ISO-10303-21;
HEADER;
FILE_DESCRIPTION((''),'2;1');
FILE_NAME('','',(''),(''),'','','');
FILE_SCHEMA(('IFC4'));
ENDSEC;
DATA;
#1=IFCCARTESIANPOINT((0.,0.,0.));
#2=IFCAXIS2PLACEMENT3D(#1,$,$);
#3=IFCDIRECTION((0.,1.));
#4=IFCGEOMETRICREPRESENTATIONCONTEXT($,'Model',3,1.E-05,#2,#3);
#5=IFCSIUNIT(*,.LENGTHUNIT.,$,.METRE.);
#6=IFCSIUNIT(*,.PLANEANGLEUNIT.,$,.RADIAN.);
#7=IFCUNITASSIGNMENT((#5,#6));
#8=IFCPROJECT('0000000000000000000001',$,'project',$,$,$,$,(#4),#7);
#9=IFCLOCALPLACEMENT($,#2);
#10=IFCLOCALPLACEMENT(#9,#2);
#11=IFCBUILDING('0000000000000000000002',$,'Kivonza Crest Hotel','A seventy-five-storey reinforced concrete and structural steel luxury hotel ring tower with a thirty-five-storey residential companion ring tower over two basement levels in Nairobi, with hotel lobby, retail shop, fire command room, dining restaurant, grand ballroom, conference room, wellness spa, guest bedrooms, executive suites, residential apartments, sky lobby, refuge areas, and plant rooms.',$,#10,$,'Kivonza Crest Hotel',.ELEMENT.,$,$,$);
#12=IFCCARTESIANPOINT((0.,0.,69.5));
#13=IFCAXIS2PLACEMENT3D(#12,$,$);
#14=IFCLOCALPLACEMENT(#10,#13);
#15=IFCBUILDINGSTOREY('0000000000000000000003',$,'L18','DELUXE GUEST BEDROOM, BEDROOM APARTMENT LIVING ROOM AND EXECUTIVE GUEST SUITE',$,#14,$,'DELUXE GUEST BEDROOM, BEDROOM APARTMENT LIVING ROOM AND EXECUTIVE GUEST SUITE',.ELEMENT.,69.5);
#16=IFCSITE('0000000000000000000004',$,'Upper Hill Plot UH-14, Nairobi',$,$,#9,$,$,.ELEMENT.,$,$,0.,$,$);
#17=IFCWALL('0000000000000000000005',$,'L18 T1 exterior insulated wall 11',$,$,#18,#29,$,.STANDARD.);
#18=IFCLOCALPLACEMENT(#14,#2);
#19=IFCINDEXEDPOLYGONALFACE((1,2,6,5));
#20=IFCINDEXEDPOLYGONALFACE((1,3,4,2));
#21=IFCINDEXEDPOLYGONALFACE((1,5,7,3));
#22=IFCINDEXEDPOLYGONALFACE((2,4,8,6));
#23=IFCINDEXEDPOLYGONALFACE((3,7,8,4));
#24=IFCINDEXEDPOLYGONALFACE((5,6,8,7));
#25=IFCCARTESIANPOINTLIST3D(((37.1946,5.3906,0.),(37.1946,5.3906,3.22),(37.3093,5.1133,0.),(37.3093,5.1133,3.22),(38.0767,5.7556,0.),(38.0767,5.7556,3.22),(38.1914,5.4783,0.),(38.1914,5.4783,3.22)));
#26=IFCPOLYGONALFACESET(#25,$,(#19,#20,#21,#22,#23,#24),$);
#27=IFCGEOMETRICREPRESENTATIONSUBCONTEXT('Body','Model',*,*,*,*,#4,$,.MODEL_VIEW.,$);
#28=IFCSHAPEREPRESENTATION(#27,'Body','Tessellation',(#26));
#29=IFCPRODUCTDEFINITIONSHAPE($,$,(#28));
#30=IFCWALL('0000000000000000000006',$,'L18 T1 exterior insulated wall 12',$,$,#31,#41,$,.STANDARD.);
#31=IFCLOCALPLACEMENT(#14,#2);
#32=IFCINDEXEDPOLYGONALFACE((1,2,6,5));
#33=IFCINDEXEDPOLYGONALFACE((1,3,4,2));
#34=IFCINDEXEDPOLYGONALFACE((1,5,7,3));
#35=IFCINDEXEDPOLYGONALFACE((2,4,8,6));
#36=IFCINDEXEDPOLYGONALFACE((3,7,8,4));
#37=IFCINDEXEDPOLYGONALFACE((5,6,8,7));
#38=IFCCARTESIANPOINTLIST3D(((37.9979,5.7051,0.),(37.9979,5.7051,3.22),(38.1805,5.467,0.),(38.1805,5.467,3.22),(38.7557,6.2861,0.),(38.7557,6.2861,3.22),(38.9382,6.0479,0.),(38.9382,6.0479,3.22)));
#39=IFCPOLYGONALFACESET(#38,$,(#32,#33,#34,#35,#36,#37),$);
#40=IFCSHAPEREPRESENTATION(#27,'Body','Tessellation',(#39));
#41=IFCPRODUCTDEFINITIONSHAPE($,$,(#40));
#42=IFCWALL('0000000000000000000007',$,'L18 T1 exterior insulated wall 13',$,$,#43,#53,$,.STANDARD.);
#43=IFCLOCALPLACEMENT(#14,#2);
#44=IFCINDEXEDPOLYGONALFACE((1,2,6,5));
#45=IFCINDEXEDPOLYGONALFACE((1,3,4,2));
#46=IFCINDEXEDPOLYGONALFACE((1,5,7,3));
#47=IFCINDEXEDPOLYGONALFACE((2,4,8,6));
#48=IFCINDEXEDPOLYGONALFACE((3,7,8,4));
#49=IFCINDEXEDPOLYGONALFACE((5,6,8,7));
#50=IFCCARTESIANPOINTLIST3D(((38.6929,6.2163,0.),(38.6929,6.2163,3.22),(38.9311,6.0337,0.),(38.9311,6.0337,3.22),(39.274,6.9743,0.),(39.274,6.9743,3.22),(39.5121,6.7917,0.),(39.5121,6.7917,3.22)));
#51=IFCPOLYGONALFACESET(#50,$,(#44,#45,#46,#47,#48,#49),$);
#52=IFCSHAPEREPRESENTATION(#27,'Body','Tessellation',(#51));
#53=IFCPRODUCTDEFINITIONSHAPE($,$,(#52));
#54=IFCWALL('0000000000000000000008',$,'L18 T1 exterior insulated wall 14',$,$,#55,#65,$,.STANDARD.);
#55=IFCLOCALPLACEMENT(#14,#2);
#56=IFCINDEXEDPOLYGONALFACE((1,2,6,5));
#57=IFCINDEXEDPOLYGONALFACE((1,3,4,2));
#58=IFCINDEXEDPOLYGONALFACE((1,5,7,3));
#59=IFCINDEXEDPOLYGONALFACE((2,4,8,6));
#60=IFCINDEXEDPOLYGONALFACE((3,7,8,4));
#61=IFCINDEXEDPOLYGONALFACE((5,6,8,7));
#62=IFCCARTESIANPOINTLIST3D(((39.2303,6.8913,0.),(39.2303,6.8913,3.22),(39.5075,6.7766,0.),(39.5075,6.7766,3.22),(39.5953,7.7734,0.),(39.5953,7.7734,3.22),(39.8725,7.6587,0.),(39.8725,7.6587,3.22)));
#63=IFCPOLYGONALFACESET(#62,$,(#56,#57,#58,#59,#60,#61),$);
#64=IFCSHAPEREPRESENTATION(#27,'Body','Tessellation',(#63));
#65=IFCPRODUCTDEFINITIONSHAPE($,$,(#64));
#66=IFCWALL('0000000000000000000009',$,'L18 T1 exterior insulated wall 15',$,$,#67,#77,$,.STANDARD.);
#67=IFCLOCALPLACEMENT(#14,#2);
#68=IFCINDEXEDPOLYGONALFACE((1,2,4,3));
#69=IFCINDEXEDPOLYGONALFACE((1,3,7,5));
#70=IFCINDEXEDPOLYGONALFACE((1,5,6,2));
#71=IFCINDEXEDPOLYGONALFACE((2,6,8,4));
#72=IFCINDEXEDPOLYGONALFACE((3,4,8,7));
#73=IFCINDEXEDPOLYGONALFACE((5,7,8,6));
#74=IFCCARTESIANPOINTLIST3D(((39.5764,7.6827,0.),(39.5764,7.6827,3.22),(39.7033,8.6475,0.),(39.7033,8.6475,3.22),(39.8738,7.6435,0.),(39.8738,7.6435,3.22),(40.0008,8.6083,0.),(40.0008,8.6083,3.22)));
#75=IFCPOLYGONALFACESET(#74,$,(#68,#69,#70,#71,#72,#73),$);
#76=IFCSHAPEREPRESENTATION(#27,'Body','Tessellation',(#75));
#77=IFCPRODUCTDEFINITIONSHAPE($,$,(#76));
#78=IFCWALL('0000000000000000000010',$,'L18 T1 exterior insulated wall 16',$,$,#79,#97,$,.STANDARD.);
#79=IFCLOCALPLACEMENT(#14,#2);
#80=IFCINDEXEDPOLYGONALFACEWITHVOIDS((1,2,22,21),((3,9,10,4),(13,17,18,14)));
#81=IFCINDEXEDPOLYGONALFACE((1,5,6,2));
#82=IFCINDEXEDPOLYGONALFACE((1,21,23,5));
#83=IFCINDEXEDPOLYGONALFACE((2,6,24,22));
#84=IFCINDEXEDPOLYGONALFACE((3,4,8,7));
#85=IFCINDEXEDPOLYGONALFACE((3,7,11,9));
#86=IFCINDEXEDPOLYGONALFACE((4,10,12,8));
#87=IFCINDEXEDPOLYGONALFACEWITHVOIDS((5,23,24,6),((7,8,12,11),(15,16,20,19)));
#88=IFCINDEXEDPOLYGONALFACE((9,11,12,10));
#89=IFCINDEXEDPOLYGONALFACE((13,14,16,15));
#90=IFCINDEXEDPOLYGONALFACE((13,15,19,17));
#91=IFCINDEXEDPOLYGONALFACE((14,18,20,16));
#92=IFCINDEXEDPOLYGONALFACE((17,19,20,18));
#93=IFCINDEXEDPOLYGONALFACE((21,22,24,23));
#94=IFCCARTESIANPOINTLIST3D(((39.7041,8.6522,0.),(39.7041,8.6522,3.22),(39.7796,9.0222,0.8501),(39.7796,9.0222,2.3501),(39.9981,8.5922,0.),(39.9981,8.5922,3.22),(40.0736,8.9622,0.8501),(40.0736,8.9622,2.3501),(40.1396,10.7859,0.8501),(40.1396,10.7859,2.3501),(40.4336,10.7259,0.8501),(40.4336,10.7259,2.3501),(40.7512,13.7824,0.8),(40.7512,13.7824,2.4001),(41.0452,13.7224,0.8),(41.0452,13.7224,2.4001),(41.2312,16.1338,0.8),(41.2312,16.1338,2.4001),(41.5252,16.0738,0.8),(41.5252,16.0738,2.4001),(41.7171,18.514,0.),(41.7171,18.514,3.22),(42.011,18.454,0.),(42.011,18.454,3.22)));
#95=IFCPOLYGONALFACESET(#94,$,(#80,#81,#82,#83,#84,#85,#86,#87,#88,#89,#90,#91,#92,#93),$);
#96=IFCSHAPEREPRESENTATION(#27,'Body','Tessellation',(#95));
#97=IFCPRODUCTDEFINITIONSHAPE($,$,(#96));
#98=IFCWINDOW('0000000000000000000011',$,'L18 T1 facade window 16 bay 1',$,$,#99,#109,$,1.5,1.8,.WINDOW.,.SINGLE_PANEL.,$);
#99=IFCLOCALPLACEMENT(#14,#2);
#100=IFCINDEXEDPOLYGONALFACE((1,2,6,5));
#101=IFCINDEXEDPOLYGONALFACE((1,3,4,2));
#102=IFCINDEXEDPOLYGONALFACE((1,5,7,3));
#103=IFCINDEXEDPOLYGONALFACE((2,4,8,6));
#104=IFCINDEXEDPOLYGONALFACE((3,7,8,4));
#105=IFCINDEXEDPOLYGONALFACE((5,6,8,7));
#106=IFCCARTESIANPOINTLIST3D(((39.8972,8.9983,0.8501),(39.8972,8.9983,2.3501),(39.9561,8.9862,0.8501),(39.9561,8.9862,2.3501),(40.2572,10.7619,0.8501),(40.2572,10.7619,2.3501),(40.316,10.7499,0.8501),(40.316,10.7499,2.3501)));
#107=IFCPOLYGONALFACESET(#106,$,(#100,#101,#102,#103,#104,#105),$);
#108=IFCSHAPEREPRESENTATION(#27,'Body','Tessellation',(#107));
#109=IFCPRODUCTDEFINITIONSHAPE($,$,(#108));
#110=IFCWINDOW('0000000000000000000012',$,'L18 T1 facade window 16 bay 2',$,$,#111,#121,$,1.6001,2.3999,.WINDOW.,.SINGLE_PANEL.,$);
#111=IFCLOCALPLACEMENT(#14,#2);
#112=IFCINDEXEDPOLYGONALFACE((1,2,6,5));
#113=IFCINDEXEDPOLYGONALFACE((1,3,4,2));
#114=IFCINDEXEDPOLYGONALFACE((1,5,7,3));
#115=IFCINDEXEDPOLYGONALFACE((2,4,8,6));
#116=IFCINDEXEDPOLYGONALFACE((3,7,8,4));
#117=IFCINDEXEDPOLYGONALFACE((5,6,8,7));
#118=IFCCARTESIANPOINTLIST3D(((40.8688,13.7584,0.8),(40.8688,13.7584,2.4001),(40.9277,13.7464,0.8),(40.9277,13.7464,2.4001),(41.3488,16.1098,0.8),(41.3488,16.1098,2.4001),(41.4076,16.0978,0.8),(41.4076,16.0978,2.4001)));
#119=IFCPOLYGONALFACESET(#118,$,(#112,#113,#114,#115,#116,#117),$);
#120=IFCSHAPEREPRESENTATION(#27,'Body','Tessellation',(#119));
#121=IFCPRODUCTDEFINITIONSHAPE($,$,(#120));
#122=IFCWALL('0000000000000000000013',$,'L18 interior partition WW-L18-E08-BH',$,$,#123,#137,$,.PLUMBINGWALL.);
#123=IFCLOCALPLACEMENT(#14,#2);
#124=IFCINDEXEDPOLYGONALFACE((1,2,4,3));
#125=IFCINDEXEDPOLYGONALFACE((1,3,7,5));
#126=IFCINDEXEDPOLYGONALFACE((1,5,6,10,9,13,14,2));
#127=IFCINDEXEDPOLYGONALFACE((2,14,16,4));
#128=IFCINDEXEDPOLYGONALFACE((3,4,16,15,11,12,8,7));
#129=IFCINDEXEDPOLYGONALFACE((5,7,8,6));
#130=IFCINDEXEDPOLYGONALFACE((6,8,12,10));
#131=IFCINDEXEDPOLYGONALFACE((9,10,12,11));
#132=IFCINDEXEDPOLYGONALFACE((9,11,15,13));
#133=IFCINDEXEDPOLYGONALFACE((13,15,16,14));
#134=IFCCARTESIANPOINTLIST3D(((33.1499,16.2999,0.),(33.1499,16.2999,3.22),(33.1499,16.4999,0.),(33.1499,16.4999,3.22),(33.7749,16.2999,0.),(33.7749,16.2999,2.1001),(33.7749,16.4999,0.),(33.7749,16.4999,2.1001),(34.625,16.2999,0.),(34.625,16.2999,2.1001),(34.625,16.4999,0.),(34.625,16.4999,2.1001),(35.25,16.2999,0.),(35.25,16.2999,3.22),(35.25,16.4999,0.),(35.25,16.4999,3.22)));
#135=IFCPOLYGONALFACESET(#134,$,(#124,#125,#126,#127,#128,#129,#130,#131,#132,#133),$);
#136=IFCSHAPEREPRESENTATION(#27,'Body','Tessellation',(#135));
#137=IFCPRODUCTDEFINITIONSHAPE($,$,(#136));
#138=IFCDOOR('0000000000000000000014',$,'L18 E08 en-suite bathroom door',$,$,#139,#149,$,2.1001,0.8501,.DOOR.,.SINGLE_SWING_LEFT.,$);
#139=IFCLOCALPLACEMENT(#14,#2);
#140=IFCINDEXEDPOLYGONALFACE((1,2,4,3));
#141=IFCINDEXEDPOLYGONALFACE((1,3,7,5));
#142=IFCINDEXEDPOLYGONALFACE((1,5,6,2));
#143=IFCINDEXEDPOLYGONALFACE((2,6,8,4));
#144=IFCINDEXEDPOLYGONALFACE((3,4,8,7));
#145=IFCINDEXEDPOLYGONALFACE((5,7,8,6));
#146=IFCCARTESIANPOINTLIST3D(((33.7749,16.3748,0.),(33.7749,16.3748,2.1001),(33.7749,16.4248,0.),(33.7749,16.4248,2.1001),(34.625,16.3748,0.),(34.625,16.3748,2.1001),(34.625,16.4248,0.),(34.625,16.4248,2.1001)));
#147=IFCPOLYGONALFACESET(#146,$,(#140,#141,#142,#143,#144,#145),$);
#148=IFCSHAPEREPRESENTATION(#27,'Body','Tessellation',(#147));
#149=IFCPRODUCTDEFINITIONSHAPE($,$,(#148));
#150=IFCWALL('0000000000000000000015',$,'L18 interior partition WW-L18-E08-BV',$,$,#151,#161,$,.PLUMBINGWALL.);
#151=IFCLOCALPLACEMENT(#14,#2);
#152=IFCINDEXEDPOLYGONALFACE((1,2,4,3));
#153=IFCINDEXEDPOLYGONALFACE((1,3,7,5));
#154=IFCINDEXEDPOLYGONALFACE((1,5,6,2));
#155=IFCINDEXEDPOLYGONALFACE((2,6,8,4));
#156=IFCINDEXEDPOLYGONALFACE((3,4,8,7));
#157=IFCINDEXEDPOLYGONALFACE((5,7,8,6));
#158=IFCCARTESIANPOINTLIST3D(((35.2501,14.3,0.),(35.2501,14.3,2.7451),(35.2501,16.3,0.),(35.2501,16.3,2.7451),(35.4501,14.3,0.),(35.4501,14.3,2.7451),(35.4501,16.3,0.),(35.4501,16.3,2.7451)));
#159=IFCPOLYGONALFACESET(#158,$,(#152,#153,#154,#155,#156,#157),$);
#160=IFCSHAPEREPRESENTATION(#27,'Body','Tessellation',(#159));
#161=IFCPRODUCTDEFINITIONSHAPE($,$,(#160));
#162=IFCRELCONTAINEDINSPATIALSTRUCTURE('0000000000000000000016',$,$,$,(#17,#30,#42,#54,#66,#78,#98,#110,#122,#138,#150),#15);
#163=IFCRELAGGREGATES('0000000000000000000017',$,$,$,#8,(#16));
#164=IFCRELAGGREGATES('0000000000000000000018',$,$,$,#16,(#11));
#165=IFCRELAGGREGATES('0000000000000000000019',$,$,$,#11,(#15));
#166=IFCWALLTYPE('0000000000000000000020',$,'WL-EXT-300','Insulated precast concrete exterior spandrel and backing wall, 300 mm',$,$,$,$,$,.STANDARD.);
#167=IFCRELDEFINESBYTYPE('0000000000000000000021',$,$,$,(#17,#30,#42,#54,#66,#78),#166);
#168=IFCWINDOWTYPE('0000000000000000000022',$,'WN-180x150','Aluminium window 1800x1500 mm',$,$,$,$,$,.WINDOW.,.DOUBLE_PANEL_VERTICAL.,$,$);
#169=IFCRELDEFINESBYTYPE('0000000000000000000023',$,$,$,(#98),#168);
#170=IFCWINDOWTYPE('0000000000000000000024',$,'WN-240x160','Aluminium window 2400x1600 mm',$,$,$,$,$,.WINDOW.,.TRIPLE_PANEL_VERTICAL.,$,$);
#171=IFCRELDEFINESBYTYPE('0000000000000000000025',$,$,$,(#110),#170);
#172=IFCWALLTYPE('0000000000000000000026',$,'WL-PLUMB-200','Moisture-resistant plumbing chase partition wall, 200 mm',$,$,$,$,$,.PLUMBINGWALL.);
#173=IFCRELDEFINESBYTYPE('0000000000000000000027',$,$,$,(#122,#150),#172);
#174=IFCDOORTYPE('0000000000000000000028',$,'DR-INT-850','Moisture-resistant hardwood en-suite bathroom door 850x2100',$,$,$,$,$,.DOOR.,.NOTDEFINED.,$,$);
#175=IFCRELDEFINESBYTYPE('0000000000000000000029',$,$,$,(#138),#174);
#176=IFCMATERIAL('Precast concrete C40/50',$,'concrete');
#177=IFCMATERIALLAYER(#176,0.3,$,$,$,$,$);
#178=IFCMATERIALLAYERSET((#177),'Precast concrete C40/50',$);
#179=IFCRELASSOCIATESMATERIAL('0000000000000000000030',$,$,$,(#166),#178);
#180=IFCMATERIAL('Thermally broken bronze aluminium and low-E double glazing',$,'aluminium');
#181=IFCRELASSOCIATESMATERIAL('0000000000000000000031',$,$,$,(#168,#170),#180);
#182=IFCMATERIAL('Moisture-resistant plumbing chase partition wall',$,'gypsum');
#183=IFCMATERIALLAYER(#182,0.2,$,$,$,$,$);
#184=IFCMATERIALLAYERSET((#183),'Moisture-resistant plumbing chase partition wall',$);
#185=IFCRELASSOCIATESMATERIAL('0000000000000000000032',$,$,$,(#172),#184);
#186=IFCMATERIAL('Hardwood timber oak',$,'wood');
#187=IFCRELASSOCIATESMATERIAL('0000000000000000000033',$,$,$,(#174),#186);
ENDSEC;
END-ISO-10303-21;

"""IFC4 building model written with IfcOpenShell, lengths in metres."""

from ifc_helpers import new_model, si_unit, direction, frame, frame_2d, origin, place, context, subcontext, project, spatial, rectangle, extrude, material, layer, layer_set, type_object, element, fill, save


model = new_model("IFC4")

# Units and contexts
model_context = context("Model", 3, precision=1e-05, world=origin(), true_north=direction((0.0, 1.0)))
body_context = subcontext(model_context, "Body", "Model", "MODEL_VIEW")
ifc_project = project(units=[si_unit("LENGTHUNIT", "METRE"), si_unit("PLANEANGLEUNIT", "RADIAN")], contexts=[model_context])

# Site, building, storey
site_placement = place(None, origin())
site = spatial("IfcSite", under=ifc_project, at=site_placement, Name="Upper Hill Plot UH-14, Nairobi", CompositionType="ELEMENT", RefElevation=0.0)
building_placement = place(site_placement, origin())
building = spatial("IfcBuilding", under=site, at=building_placement, Name="Kivonza Crest Hotel", Description="A seventy-five-storey reinforced concrete and structural steel luxury hotel ring tower with a thirty-five-storey residential companion ring tower over two basement levels in Nairobi, with hotel lobby, retail shop, fire command room, dining restaurant, grand ballroom, conference room, wellness spa, guest bedrooms, executive suites, residential apartments, sky lobby, refuge areas, and plant rooms.", LongName="Kivonza Crest Hotel", CompositionType="ELEMENT")
storey_placement = place(building_placement, frame((0.0, 0.0, 69.5)))
storey = spatial("IfcBuildingStorey", under=building, at=storey_placement, Name="L18", Description="DELUXE GUEST BEDROOM, BEDROOM APARTMENT LIVING ROOM AND EXECUTIVE GUEST SUITE", LongName="DELUXE GUEST BEDROOM, BEDROOM APARTMENT LIVING ROOM AND EXECUTIVE GUEST SUITE", CompositionType="ELEMENT", Elevation=69.5)

# Shared definitions
ifc_material_1 = material(Name="Hardwood timber oak", Category="wood")

# Walls
ifc_material_2 = material(Name="Precast concrete C40/50", Category="concrete")
ifc_layer_1 = layer(ifc_material_2, 0.3)
ifc_layer_set_1 = layer_set([ifc_layer_1], Name="Precast concrete C40/50")
wall_type_1 = type_object("IfcWallType", Name="WL-EXT-300", Description="Insulated precast concrete exterior spandrel and backing wall, 300 mm", PredefinedType="STANDARD", material=ifc_layer_set_1)
wall_1_placement = place(storey_placement, frame((37.252, 5.252, 0.0), z_axis=(0.0, 0.0, 1.0), x_axis=(0.92402, 0.382344, 0.0)))
element("IfcWall", 1, at=wall_1_placement, inside=storey, type_object=wall_type_1, Name="L18 T1 exterior insulated wall 11", PredefinedType="STANDARD", context=body_context, shape_type="SweptSolid", body=[
    extrude(rectangle(XDim=0.9546, YDim=0.3, at=frame_2d((0.4773, 0.0))), origin(), (0.0, 0.0, 1.0), 3.22),
])
wall_2_placement = place(storey_placement, frame((38.0891, 5.5859, 0.0), z_axis=(0.0, 0.0, 1.0), x_axis=(0.793573, 0.608474, 0.0)))
element("IfcWall", 2, at=wall_2_placement, inside=storey, type_object=wall_type_1, Name="L18 T1 exterior insulated wall 12", PredefinedType="STANDARD", context=body_context, shape_type="SweptSolid", body=[
    extrude(rectangle(XDim=0.9548, YDim=0.3, at=frame_2d((0.4775, 0.0))), origin(), (0.0, 0.0, 1.0), 3.22),
])
wall_3_placement = place(storey_placement, frame((38.812, 6.125, 0.0), z_axis=(0.0, 0.0, 1.0), x_axis=(0.608351, 0.793668, 0.0)))
element("IfcWall", 3, at=wall_3_placement, inside=storey, type_object=wall_type_1, Name="L18 T1 exterior insulated wall 13", PredefinedType="STANDARD", context=body_context, shape_type="SweptSolid", body=[
    extrude(rectangle(XDim=0.9551, YDim=0.3, at=frame_2d((0.4775, 0.0))), origin(), (0.0, 0.0, 1.0), 3.22),
])
wall_4_placement = place(storey_placement, frame((39.3689, 6.834, 0.0), z_axis=(0.0, 0.0, 1.0), x_axis=(0.382344, 0.92402, 0.0)))
element("IfcWall", 4, at=wall_4_placement, inside=storey, type_object=wall_type_1, Name="L18 T1 exterior insulated wall 14", PredefinedType="STANDARD", context=body_context, shape_type="SweptSolid", body=[
    extrude(rectangle(XDim=0.9546, YDim=0.3, at=frame_2d((0.4773, 0.0))), origin(), (0.0, 0.0, 1.0), 3.22),
])
wall_5_placement = place(storey_placement, frame((39.7251, 7.6631, 0.0), z_axis=(0.0, 0.0, 1.0), x_axis=(0.130455, 0.991454, 0.0)))
element("IfcWall", 5, at=wall_5_placement, inside=storey, type_object=wall_type_1, Name="L18 T1 exterior insulated wall 15", PredefinedType="STANDARD", context=body_context, shape_type="SweptSolid", body=[
    extrude(rectangle(XDim=0.9731, YDim=0.3, at=frame_2d((0.4866, 0.0))), origin(), (0.0, 0.0, 1.0), 3.22),
])

# Wall, openings, windows
wall_6_placement = place(storey_placement, frame((39.8511, 8.6221, 0.0), z_axis=(0.0, 0.0, 1.0), x_axis=(0.199991, 0.979798, 0.0)))
wall_6 = element("IfcWall", 6, at=wall_6_placement, inside=storey, type_object=wall_type_1, Name="L18 T1 exterior insulated wall 16", PredefinedType="STANDARD", context=body_context, shape_type="SweptSolid", body=[
    extrude(rectangle(XDim=10.0652, YDim=0.3, at=frame_2d((5.0327, 0.0))), origin(), (0.0, 0.0, 1.0), 3.22),
])
opening_1_placement = place(wall_6_placement, frame((0.3779, 0.0, 0.8501)))
opening_1 = element("IfcOpeningElement", 7, at=opening_1_placement, cuts=wall_6, PredefinedType="OPENING", context=body_context, shape_type="SweptSolid", body=[
    extrude(rectangle(XDim=1.8, YDim=1.5, at=frame_2d((0.8999, 0.75))), frame((0.0, 0.1602, 0.0), z_axis=(0.0, -1.0, 0.0), x_axis=(1.0, 0.0, 0.0)), (0.0, 0.0, 1.0), 0.3201),
])
opening_2_placement = place(wall_6_placement, frame((5.2361, 0.0, 0.8)))
opening_2 = element("IfcOpeningElement", 8, at=opening_2_placement, cuts=wall_6, PredefinedType="OPENING", context=body_context, shape_type="SweptSolid", body=[
    extrude(rectangle(XDim=2.3999, YDim=1.6001, at=frame_2d((1.2, 0.8))), frame((0.0, 0.1602, 0.0), z_axis=(0.0, -1.0, 0.0), x_axis=(1.0, 0.0, 0.0)), (0.0, 0.0, 1.0), 0.3201),
])
ifc_material_3 = material(Name="Thermally broken bronze aluminium and low-E double glazing", Category="aluminium")
window_type_1 = type_object("IfcWindowType", Name="WN-180x150", Description="Aluminium window 1800x1500 mm", PartitioningType="DOUBLE_PANEL_VERTICAL", PredefinedType="WINDOW", material=ifc_material_3)
window_1_placement = place(opening_1_placement, origin())
window_1 = element("IfcWindow", 9, at=window_1_placement, inside=storey, type_object=window_type_1, Name="L18 T1 facade window 16 bay 1", OverallHeight=1.5, OverallWidth=1.8, PartitioningType="SINGLE_PANEL", PredefinedType="WINDOW", context=body_context, shape_type="SweptSolid", body=[
    extrude(rectangle(XDim=1.8, YDim=1.5, at=frame_2d((0.8999, 0.75))), frame((0.0, 0.03, 0.0), z_axis=(0.0, -1.0, 0.0), x_axis=(1.0, 0.0, 0.0)), (0.0, 0.0, 1.0), 0.0601),
])
fill(opening_1, window_1)
window_type_2 = type_object("IfcWindowType", Name="WN-240x160", Description="Aluminium window 2400x1600 mm", PartitioningType="TRIPLE_PANEL_VERTICAL", PredefinedType="WINDOW", material=ifc_material_3)
window_2_placement = place(opening_2_placement, origin())
window_2 = element("IfcWindow", 10, at=window_2_placement, inside=storey, type_object=window_type_2, Name="L18 T1 facade window 16 bay 2", OverallHeight=1.6001, OverallWidth=2.3999, PartitioningType="SINGLE_PANEL", PredefinedType="WINDOW", context=body_context, shape_type="SweptSolid", body=[
    extrude(rectangle(XDim=2.3999, YDim=1.6001, at=frame_2d((1.2, 0.8))), frame((0.0, 0.03, 0.0), z_axis=(0.0, -1.0, 0.0), x_axis=(1.0, 0.0, 0.0)), (0.0, 0.0, 1.0), 0.0601),
])
fill(opening_2, window_2)

# Wall, opening, door
ifc_material_4 = material(Name="Moisture-resistant plumbing chase partition wall", Category="gypsum")
ifc_layer_2 = layer(ifc_material_4, 0.2)
ifc_layer_set_2 = layer_set([ifc_layer_2], Name="Moisture-resistant plumbing chase partition wall")
wall_type_2 = type_object("IfcWallType", Name="WL-PLUMB-200", Description="Moisture-resistant plumbing chase partition wall, 200 mm", PredefinedType="PLUMBINGWALL", material=ifc_layer_set_2)
wall_7_placement = place(storey_placement, frame((33.1499, 16.3999, 0.0), z_axis=(0.0, 0.0, 1.0), x_axis=(1.0, 0.0, 0.0)))
wall_7 = element("IfcWall", 11, at=wall_7_placement, inside=storey, type_object=wall_type_2, Name="L18 interior partition WW-L18-E08-BH", PredefinedType="PLUMBINGWALL", context=body_context, shape_type="SweptSolid", body=[
    extrude(rectangle(XDim=2.1001, YDim=0.2, at=frame_2d((1.05, 0.0))), origin(), (0.0, 0.0, 1.0), 3.22),
])
opening_3_placement = place(wall_7_placement, frame((0.625, 0.0, 0.0)))
opening_3 = element("IfcOpeningElement", 12, at=opening_3_placement, cuts=wall_7, PredefinedType="OPENING", context=body_context, shape_type="SweptSolid", body=[
    extrude(rectangle(XDim=0.8501, YDim=2.1001, at=frame_2d((0.425, 1.05))), frame((0.0, 0.1099, 0.0), z_axis=(0.0, -1.0, 0.0), x_axis=(1.0, 0.0, 0.0)), (0.0, 0.0, 1.0), 0.22),
])
door_type_1 = type_object("IfcDoorType", Name="DR-INT-850", Description="Moisture-resistant hardwood en-suite bathroom door 850x2100", OperationType="NOTDEFINED", PredefinedType="DOOR", material=ifc_material_1)
door_1_placement = place(opening_3_placement, origin())
door_1 = element("IfcDoor", 13, at=door_1_placement, inside=storey, type_object=door_type_1, Name="L18 E08 en-suite bathroom door", OperationType="SINGLE_SWING_LEFT", OverallHeight=2.1001, OverallWidth=0.8501, PredefinedType="DOOR", context=body_context, shape_type="SweptSolid", body=[
    extrude(rectangle(XDim=0.8501, YDim=2.1001, at=frame_2d((0.425, 1.05))), frame((0.0, 0.0249, 0.0), z_axis=(0.0, -1.0, 0.0), x_axis=(1.0, 0.0, 0.0)), (0.0, 0.0, 1.0), 0.05),
])
fill(opening_3, door_1)

# Wall
wall_8_placement = place(storey_placement, frame((35.3501, 14.3, 0.0), z_axis=(0.0, 0.0, 1.0), x_axis=(0.0, 1.0, 0.0)))
element("IfcWall", 14, at=wall_8_placement, inside=storey, type_object=wall_type_2, Name="L18 interior partition WW-L18-E08-BV", PredefinedType="PLUMBINGWALL", context=body_context, shape_type="SweptSolid", body=[
    extrude(rectangle(XDim=2.0, YDim=0.2, at=frame_2d((1.0, 0.0))), origin(), (0.0, 0.0, 1.0), 2.7451),
])

save(model, "model.ifc")
